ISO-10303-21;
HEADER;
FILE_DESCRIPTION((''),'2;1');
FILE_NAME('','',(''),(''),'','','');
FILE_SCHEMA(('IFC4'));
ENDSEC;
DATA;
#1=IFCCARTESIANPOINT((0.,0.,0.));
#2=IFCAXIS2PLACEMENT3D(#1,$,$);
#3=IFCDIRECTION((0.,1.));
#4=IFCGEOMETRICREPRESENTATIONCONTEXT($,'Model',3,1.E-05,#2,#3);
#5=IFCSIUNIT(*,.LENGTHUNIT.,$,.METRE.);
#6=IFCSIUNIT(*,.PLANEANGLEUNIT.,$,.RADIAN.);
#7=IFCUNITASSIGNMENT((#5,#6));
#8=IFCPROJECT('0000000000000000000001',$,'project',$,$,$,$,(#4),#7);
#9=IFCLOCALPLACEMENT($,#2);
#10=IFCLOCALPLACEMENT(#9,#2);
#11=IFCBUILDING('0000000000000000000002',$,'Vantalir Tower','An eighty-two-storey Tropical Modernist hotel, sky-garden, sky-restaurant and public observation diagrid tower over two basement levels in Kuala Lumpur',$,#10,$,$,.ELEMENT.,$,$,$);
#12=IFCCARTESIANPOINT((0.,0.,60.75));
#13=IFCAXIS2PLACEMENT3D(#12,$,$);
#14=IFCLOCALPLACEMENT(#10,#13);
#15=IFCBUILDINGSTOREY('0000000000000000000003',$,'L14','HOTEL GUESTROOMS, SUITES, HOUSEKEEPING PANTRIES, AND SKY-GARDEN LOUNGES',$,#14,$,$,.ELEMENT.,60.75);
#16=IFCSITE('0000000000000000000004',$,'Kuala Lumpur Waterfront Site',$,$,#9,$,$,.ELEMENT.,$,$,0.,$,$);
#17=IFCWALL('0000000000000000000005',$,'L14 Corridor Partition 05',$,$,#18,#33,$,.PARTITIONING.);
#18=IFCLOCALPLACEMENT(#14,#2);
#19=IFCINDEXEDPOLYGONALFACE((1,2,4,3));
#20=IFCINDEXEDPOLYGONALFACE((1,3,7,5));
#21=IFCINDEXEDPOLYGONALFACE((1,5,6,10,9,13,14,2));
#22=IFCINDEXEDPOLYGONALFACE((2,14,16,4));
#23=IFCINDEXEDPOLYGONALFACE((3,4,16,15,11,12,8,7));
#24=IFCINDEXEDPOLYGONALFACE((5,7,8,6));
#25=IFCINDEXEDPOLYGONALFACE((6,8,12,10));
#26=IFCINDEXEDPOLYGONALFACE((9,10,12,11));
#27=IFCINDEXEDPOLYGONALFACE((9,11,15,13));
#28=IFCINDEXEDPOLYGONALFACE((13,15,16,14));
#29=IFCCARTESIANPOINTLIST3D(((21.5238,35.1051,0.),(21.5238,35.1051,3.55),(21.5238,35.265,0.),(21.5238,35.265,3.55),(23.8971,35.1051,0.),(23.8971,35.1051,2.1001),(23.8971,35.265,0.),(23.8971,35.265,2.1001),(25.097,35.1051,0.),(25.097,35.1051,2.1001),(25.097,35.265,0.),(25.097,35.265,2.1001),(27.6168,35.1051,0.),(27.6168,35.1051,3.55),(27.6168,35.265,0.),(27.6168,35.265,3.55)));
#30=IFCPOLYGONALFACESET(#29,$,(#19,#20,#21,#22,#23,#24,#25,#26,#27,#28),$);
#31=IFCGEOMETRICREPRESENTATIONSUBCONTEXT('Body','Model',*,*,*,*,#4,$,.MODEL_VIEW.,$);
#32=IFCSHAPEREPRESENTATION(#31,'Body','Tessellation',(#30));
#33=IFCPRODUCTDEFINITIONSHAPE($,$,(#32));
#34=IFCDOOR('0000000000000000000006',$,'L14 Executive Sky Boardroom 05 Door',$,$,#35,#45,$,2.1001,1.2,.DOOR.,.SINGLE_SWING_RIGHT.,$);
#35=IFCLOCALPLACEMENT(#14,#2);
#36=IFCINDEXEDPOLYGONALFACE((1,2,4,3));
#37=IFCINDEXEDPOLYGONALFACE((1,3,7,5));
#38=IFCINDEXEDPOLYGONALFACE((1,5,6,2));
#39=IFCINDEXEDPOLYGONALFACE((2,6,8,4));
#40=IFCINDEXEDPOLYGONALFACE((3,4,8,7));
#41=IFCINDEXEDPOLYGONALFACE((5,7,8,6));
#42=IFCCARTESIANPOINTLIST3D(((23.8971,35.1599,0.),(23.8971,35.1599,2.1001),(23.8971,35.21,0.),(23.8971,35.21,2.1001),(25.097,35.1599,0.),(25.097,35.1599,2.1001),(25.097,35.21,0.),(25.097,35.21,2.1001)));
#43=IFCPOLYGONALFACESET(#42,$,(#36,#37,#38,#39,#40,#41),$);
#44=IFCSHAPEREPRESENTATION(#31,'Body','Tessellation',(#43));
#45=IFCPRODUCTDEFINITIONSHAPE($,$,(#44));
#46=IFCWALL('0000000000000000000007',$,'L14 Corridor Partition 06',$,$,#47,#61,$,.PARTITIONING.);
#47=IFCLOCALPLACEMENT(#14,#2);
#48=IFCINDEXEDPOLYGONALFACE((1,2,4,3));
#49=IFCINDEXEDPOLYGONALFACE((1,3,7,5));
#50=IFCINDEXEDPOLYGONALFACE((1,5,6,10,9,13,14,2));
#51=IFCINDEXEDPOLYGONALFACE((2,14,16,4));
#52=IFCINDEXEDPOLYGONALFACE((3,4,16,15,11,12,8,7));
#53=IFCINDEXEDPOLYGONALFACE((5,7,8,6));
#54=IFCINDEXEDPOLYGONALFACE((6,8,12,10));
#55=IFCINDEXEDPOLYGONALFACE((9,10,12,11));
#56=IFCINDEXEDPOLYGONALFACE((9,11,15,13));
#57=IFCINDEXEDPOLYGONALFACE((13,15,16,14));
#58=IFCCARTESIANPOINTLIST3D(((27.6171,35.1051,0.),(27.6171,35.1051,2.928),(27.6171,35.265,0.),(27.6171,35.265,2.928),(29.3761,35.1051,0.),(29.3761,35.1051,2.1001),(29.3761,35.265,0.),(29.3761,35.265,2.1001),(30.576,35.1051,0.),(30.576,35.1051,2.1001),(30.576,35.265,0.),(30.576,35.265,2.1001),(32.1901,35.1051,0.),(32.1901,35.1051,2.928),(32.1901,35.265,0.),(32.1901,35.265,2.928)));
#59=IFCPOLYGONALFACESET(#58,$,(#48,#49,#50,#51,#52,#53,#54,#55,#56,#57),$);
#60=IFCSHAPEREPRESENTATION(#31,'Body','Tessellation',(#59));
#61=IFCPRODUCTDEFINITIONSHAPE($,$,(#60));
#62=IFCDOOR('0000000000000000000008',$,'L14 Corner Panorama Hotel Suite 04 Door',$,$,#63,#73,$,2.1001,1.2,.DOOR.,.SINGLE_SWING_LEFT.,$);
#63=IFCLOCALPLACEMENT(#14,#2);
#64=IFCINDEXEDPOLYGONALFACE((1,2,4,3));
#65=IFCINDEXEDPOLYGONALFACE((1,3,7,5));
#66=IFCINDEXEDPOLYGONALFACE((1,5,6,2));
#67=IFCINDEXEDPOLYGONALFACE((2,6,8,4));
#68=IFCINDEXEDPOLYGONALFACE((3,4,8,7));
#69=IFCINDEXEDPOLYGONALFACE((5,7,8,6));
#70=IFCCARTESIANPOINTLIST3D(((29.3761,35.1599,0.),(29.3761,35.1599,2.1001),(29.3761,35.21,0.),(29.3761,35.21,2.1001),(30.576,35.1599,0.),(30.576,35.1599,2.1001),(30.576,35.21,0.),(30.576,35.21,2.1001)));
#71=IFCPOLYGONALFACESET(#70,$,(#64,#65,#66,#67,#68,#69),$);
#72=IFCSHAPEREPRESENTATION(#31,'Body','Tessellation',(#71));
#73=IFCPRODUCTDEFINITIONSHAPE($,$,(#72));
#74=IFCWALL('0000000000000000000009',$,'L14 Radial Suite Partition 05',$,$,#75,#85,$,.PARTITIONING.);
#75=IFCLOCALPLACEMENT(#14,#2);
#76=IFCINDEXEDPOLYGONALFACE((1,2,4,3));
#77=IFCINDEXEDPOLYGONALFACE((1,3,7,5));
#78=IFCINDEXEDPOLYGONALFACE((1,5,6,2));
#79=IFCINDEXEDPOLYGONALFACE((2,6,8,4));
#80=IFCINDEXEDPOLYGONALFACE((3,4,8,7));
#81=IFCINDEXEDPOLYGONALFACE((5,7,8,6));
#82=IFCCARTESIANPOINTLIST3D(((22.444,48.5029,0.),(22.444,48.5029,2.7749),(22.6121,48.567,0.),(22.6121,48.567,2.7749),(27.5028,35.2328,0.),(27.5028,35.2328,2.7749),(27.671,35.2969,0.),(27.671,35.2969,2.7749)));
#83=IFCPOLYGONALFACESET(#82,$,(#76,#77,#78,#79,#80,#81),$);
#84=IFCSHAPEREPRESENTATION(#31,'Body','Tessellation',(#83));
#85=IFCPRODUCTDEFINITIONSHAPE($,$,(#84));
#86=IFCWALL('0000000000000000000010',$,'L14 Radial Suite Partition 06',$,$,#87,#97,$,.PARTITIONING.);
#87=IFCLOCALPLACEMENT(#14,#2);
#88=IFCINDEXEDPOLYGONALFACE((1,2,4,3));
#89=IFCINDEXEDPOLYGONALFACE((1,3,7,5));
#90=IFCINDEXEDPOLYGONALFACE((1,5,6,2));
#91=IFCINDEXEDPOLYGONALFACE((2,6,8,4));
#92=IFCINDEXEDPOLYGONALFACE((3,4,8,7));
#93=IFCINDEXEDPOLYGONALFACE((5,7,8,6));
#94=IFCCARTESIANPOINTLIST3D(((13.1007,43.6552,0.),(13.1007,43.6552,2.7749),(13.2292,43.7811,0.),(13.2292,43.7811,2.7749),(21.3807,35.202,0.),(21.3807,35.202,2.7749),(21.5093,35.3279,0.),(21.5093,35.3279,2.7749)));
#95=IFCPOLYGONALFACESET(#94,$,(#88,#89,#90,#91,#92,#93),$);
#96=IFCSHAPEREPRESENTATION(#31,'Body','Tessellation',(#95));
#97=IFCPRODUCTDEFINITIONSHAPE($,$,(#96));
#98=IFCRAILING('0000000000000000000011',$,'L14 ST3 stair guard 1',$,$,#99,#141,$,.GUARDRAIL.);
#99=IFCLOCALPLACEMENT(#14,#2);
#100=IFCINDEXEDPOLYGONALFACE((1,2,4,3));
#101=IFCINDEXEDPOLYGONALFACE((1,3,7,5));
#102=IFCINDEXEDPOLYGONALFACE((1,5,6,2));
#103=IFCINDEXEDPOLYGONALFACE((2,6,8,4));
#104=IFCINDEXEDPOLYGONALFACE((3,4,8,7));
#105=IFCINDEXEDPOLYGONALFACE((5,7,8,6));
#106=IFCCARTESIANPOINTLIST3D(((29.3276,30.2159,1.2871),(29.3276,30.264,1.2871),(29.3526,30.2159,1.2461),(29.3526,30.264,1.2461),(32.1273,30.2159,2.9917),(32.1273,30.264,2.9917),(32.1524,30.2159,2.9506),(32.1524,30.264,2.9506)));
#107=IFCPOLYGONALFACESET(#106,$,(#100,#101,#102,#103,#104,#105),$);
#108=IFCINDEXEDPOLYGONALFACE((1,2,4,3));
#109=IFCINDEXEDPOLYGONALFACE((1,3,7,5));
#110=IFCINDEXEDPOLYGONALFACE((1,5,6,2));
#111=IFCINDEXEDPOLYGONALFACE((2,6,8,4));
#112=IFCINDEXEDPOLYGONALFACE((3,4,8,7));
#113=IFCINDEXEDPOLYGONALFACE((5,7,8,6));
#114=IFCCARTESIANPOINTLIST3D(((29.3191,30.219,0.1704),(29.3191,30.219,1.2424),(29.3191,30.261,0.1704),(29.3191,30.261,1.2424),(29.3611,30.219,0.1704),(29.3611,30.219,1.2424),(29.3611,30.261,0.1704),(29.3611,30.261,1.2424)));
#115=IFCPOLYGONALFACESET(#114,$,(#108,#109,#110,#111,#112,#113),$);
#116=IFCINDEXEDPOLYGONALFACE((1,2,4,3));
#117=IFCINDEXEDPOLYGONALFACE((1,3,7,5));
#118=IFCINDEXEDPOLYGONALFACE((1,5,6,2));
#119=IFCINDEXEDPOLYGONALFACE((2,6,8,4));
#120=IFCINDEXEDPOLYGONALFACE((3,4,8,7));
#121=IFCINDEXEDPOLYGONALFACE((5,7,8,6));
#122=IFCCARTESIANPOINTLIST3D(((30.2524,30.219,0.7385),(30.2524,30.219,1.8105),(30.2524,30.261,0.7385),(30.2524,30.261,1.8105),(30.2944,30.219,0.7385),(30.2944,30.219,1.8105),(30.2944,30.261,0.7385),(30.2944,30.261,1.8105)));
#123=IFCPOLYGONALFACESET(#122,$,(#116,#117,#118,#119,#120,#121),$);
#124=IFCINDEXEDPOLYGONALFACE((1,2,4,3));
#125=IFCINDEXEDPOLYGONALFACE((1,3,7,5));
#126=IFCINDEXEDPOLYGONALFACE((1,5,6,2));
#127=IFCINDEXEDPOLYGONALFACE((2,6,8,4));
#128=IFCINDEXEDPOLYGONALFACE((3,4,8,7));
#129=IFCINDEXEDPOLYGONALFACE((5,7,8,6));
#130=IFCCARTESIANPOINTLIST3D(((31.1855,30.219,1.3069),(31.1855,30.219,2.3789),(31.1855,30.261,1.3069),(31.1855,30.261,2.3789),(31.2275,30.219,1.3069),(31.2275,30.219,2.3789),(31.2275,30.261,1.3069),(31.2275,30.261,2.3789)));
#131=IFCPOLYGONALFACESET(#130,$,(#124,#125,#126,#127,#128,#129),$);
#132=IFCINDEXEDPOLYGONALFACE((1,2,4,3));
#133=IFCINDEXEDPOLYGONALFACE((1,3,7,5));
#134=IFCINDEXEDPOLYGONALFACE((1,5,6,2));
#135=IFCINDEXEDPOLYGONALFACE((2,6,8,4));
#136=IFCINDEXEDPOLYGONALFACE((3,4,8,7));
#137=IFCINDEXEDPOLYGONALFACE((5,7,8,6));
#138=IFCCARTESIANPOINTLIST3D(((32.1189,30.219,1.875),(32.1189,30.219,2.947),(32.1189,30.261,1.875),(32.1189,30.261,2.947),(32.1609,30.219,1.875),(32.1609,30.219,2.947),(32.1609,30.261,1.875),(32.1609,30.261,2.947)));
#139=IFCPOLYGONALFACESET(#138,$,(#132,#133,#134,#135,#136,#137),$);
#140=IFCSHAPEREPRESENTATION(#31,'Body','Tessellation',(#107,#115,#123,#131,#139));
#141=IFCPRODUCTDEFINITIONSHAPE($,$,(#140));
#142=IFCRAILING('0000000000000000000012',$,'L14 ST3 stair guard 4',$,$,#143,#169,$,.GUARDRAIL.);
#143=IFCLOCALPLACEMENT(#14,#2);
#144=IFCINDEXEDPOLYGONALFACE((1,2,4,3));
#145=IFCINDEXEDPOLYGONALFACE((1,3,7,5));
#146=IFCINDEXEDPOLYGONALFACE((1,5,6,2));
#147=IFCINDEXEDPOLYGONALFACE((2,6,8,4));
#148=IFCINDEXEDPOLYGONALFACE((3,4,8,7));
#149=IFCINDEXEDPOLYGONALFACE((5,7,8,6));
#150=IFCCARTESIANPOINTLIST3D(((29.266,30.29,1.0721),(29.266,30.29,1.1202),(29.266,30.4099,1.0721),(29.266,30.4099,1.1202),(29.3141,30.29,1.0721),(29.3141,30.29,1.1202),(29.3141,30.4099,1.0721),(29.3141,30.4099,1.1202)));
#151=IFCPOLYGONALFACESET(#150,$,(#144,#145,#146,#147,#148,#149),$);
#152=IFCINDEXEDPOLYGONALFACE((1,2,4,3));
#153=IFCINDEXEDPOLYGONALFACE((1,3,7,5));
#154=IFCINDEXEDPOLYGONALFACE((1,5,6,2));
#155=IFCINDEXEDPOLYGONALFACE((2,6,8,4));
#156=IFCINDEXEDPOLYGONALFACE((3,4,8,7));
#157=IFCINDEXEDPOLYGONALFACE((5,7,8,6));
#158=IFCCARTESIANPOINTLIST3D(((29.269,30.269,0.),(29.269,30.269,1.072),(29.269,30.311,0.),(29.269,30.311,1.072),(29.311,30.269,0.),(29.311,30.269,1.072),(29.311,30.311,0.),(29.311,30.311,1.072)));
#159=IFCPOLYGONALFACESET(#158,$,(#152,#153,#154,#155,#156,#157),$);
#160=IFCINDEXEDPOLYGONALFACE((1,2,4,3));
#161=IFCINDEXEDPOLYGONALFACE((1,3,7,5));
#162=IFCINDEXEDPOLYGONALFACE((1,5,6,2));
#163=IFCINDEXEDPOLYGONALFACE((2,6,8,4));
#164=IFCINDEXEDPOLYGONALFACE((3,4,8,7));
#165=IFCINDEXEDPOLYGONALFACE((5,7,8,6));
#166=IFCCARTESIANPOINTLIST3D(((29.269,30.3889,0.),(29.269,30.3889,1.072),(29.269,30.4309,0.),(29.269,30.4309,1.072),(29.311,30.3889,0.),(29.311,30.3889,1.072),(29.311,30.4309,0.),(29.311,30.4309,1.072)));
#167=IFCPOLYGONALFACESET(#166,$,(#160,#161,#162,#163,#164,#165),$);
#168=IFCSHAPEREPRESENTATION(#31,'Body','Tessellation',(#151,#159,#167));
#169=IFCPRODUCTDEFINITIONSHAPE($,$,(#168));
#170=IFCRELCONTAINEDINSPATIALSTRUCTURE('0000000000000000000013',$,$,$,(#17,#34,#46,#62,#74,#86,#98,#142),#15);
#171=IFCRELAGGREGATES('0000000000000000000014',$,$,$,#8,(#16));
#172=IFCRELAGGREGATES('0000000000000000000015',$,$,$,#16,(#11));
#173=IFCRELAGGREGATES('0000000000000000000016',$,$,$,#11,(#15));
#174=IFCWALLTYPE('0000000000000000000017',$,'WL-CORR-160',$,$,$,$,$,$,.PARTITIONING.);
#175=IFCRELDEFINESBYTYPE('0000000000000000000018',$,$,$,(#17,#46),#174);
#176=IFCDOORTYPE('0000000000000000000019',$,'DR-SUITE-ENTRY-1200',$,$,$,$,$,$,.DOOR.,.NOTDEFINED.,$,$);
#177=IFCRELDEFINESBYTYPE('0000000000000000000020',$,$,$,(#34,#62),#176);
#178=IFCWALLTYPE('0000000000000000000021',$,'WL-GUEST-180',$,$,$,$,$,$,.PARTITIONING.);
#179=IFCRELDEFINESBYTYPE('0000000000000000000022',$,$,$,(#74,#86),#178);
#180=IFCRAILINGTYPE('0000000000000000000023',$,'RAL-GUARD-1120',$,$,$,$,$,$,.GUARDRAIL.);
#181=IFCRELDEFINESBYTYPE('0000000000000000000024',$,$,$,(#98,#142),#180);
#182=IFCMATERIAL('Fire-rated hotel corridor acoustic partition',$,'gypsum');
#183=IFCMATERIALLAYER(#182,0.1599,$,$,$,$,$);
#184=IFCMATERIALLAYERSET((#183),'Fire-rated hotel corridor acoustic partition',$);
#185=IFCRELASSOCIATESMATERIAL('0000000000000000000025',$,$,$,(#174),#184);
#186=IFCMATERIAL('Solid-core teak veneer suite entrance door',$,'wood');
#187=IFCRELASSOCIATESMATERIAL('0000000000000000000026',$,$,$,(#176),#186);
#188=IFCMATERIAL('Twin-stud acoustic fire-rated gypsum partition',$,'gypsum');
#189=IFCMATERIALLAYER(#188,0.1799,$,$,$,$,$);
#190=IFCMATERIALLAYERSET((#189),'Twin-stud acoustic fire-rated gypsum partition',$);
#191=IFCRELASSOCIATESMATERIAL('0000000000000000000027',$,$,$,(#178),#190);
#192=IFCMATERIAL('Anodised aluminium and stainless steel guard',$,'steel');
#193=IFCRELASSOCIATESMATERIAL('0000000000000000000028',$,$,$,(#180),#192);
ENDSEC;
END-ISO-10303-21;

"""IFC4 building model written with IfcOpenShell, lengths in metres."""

from ifc_helpers import new_model, si_unit, direction, frame, frame_2d, origin, origin_2d, place, context, subcontext, project, spatial, rectangle, extrude, material, layer, layer_set, type_object, element, fill, save


model = new_model("IFC4")

# Units and contexts
model_context = context("Model", 3, precision=1e-05, world=origin(), true_north=direction((0.0, 1.0)))
body_context = subcontext(model_context, "Body", "Model", "MODEL_VIEW")
ifc_project = project(units=[si_unit("LENGTHUNIT", "METRE"), si_unit("PLANEANGLEUNIT", "RADIAN")], contexts=[model_context])

# Site, building, storey
site_placement = place(None, origin())
site = spatial("IfcSite", under=ifc_project, at=site_placement, Name="Kuala Lumpur Waterfront Site", CompositionType="ELEMENT", RefElevation=0.0)
building_placement = place(site_placement, origin())
building = spatial("IfcBuilding", under=site, at=building_placement, Name="Vantalir Tower", Description="An eighty-two-storey Tropical Modernist hotel, sky-garden, sky-restaurant and public observation diagrid tower over two basement levels in Kuala Lumpur", CompositionType="ELEMENT")
storey_placement = place(building_placement, frame((0.0, 0.0, 60.75)))
storey = spatial("IfcBuildingStorey", under=building, at=storey_placement, Name="L14", Description="HOTEL GUESTROOMS, SUITES, HOUSEKEEPING PANTRIES, AND SKY-GARDEN LOUNGES", CompositionType="ELEMENT", Elevation=60.75)

# Shared definitions
ifc_material_1 = material(Name="Fire-rated hotel corridor acoustic partition", Category="gypsum")
ifc_layer_1 = layer(ifc_material_1, 0.1599)
ifc_layer_set_1 = layer_set([ifc_layer_1], Name="Fire-rated hotel corridor acoustic partition")
wall_type_1 = type_object("IfcWallType", Name="WL-CORR-160", PredefinedType="PARTITIONING", material=ifc_layer_set_1)
ifc_material_2 = material(Name="Solid-core teak veneer suite entrance door", Category="wood")
door_type_1 = type_object("IfcDoorType", Name="DR-SUITE-ENTRY-1200", OperationType="NOTDEFINED", PredefinedType="DOOR", material=ifc_material_2)

# Walls, openings, doors
wall_1_placement = place(storey_placement, frame((21.5239, 35.1851, 0.0), z_axis=(0.0, 0.0, 1.0), x_axis=(1.0, 0.0, 0.0)))
wall_1 = element("IfcWall", 1, at=wall_1_placement, inside=storey, type_object=wall_type_1, Name="L14 Corridor Partition 05", PredefinedType="PARTITIONING", context=body_context, shape_type="SweptSolid", body=[
    extrude(rectangle(XDim=6.093, YDim=0.1599, at=frame_2d((3.0464, 0.0))), origin(), (0.0, 0.0, 1.0), 3.55),
])
opening_1_placement = place(wall_1_placement, frame((2.373, 0.0, 0.0)))
opening_1 = element("IfcOpeningElement", 2, at=opening_1_placement, cuts=wall_1, PredefinedType="OPENING", context=body_context, shape_type="SweptSolid", body=[
    extrude(rectangle(XDim=1.2, YDim=2.1001, at=frame_2d((0.6001, 1.05))), frame((0.0, 0.0898, 0.0), z_axis=(0.0, -1.0, 0.0), x_axis=(1.0, 0.0, 0.0)), (0.0, 0.0, 1.0), 0.1799),
])
door_1_placement = place(opening_1_placement, origin())
door_1 = element("IfcDoor", 3, at=door_1_placement, inside=storey, type_object=door_type_1, Name="L14 Executive Sky Boardroom 05 Door", OperationType="SINGLE_SWING_RIGHT", OverallHeight=2.1001, OverallWidth=1.2, PredefinedType="DOOR", context=body_context, shape_type="SweptSolid", body=[
    extrude(rectangle(XDim=1.2, YDim=2.1001, at=frame_2d((0.6001, 1.05))), frame((0.0, 0.0249, 0.0), z_axis=(0.0, -1.0, 0.0), x_axis=(1.0, 0.0, 0.0)), (0.0, 0.0, 1.0), 0.05),
])
fill(opening_1, door_1)
wall_2_placement = place(storey_placement, frame((27.6169, 35.1851, 0.0), z_axis=(0.0, 0.0, 1.0), x_axis=(1.0, 0.0, 0.0)))
wall_2 = element("IfcWall", 4, at=wall_2_placement, inside=storey, type_object=wall_type_1, Name="L14 Corridor Partition 06", PredefinedType="PARTITIONING", context=body_context, shape_type="SweptSolid", body=[
    extrude(rectangle(XDim=4.573, YDim=0.1599, at=frame_2d((2.2866, 0.0))), origin(), (0.0, 0.0, 1.0), 2.928),
])
opening_2_placement = place(wall_2_placement, frame((1.759, 0.0, 0.0)))
opening_2 = element("IfcOpeningElement", 5, at=opening_2_placement, cuts=wall_2, PredefinedType="OPENING", context=body_context, shape_type="SweptSolid", body=[
    extrude(rectangle(XDim=1.2, YDim=2.1001, at=frame_2d((0.6001, 1.05))), frame((0.0, 0.0898, 0.0), z_axis=(0.0, -1.0, 0.0), x_axis=(1.0, 0.0, 0.0)), (0.0, 0.0, 1.0), 0.1799),
])
door_2_placement = place(opening_2_placement, origin())
door_2 = element("IfcDoor", 6, at=door_2_placement, inside=storey, type_object=door_type_1, Name="L14 Corner Panorama Hotel Suite 04 Door", OperationType="SINGLE_SWING_LEFT", OverallHeight=2.1001, OverallWidth=1.2, PredefinedType="DOOR", context=body_context, shape_type="SweptSolid", body=[
    extrude(rectangle(XDim=1.2, YDim=2.1001, at=frame_2d((0.6001, 1.05))), frame((0.0, 0.0249, 0.0), z_axis=(0.0, -1.0, 0.0), x_axis=(1.0, 0.0, 0.0)), (0.0, 0.0, 1.0), 0.05),
])
fill(opening_2, door_2)

# Walls
ifc_material_3 = material(Name="Twin-stud acoustic fire-rated gypsum partition", Category="gypsum")
ifc_layer_2 = layer(ifc_material_3, 0.1799)
ifc_layer_set_2 = layer_set([ifc_layer_2], Name="Twin-stud acoustic fire-rated gypsum partition")
wall_type_2 = type_object("IfcWallType", Name="WL-GUEST-180", PredefinedType="PARTITIONING", material=ifc_layer_set_2)
wall_3_placement = place(storey_placement, frame((27.5869, 35.2649, 0.0), z_axis=(0.0, 0.0, 1.0), x_axis=(-0.356216, 0.934404, 0.0)))
element("IfcWall", 7, at=wall_3_placement, inside=storey, type_object=wall_type_2, Name="L14 Radial Suite Partition 05", PredefinedType="PARTITIONING", context=body_context, shape_type="SweptSolid", body=[
    extrude(rectangle(XDim=14.2017, YDim=0.1799, at=frame_2d((7.1008, 0.0))), origin(), (0.0, 0.0, 1.0), 2.7749),
])
wall_4_placement = place(storey_placement, frame((21.4451, 35.2649, 0.0), z_axis=(0.0, 0.0, 1.0), x_axis=(-0.699755, 0.714383, 0.0)))
element("IfcWall", 8, at=wall_4_placement, inside=storey, type_object=wall_type_2, Name="L14 Radial Suite Partition 06", PredefinedType="PARTITIONING", context=body_context, shape_type="SweptSolid", body=[
    extrude(rectangle(XDim=11.8328, YDim=0.1799, at=frame_2d((5.9165, 0.0))), origin(), (0.0, 0.0, 1.0), 2.7749),
])

# Railings
ifc_material_4 = material(Name="Anodised aluminium and stainless steel guard", Category="steel")
railing_type = type_object("IfcRailingType", Name="RAL-GUARD-1120", PredefinedType="GUARDRAIL", material=ifc_material_4)
railing_1_placement = place(storey_placement, frame((29.3401, 30.24, 0.1704)))
element("IfcRailing", 9, at=railing_1_placement, inside=storey, type_object=railing_type, Name="L14 ST3 stair guard 1", PredefinedType="GUARDRAIL", context=body_context, shape_type="SweptSolid", body=[
    extrude(rectangle(XDim=0.0481, YDim=0.0481, at=origin_2d()), frame((0.0, 0.0, 1.0962), z_axis=(0.85415, 0.0, 0.520027), x_axis=(0.0, 1.0, 0.0)), (0.0, 0.0, 1.0), 3.2778),
    extrude(rectangle(XDim=0.042, YDim=0.042, at=origin_2d()), origin(), (0.0, 0.0, 1.0), 1.072),
    extrude(rectangle(XDim=0.042, YDim=0.042, at=origin_2d()), frame((0.9333, 0.0, 0.5681)), (0.0, 0.0, 1.0), 1.072),
    extrude(rectangle(XDim=0.042, YDim=0.042, at=origin_2d()), frame((1.8665, 0.0, 1.1365)), (0.0, 0.0, 1.0), 1.072),
    extrude(rectangle(XDim=0.042, YDim=0.042, at=origin_2d()), frame((2.7998, 0.0, 1.7046)), (0.0, 0.0, 1.0), 1.072),
])
railing_2_placement = place(storey_placement, frame((29.29, 30.29, 0.0)))
element("IfcRailing", 10, at=railing_2_placement, inside=storey, type_object=railing_type, Name="L14 ST3 stair guard 4", PredefinedType="GUARDRAIL", context=body_context, shape_type="SweptSolid", body=[
    extrude(rectangle(XDim=0.0481, YDim=0.0481, at=origin_2d()), frame((0.0, 0.0, 1.0962), z_axis=(0.0, 1.0, 0.0), x_axis=(-1.0, 0.0, 0.0)), (0.0, 0.0, 1.0), 0.1199),
    extrude(rectangle(XDim=0.042, YDim=0.042, at=origin_2d()), origin(), (0.0, 0.0, 1.0), 1.072),
    extrude(rectangle(XDim=0.042, YDim=0.042, at=origin_2d()), frame((0.0, 0.1199, 0.0)), (0.0, 0.0, 1.0), 1.072),
])

save(model, "model.ifc")
